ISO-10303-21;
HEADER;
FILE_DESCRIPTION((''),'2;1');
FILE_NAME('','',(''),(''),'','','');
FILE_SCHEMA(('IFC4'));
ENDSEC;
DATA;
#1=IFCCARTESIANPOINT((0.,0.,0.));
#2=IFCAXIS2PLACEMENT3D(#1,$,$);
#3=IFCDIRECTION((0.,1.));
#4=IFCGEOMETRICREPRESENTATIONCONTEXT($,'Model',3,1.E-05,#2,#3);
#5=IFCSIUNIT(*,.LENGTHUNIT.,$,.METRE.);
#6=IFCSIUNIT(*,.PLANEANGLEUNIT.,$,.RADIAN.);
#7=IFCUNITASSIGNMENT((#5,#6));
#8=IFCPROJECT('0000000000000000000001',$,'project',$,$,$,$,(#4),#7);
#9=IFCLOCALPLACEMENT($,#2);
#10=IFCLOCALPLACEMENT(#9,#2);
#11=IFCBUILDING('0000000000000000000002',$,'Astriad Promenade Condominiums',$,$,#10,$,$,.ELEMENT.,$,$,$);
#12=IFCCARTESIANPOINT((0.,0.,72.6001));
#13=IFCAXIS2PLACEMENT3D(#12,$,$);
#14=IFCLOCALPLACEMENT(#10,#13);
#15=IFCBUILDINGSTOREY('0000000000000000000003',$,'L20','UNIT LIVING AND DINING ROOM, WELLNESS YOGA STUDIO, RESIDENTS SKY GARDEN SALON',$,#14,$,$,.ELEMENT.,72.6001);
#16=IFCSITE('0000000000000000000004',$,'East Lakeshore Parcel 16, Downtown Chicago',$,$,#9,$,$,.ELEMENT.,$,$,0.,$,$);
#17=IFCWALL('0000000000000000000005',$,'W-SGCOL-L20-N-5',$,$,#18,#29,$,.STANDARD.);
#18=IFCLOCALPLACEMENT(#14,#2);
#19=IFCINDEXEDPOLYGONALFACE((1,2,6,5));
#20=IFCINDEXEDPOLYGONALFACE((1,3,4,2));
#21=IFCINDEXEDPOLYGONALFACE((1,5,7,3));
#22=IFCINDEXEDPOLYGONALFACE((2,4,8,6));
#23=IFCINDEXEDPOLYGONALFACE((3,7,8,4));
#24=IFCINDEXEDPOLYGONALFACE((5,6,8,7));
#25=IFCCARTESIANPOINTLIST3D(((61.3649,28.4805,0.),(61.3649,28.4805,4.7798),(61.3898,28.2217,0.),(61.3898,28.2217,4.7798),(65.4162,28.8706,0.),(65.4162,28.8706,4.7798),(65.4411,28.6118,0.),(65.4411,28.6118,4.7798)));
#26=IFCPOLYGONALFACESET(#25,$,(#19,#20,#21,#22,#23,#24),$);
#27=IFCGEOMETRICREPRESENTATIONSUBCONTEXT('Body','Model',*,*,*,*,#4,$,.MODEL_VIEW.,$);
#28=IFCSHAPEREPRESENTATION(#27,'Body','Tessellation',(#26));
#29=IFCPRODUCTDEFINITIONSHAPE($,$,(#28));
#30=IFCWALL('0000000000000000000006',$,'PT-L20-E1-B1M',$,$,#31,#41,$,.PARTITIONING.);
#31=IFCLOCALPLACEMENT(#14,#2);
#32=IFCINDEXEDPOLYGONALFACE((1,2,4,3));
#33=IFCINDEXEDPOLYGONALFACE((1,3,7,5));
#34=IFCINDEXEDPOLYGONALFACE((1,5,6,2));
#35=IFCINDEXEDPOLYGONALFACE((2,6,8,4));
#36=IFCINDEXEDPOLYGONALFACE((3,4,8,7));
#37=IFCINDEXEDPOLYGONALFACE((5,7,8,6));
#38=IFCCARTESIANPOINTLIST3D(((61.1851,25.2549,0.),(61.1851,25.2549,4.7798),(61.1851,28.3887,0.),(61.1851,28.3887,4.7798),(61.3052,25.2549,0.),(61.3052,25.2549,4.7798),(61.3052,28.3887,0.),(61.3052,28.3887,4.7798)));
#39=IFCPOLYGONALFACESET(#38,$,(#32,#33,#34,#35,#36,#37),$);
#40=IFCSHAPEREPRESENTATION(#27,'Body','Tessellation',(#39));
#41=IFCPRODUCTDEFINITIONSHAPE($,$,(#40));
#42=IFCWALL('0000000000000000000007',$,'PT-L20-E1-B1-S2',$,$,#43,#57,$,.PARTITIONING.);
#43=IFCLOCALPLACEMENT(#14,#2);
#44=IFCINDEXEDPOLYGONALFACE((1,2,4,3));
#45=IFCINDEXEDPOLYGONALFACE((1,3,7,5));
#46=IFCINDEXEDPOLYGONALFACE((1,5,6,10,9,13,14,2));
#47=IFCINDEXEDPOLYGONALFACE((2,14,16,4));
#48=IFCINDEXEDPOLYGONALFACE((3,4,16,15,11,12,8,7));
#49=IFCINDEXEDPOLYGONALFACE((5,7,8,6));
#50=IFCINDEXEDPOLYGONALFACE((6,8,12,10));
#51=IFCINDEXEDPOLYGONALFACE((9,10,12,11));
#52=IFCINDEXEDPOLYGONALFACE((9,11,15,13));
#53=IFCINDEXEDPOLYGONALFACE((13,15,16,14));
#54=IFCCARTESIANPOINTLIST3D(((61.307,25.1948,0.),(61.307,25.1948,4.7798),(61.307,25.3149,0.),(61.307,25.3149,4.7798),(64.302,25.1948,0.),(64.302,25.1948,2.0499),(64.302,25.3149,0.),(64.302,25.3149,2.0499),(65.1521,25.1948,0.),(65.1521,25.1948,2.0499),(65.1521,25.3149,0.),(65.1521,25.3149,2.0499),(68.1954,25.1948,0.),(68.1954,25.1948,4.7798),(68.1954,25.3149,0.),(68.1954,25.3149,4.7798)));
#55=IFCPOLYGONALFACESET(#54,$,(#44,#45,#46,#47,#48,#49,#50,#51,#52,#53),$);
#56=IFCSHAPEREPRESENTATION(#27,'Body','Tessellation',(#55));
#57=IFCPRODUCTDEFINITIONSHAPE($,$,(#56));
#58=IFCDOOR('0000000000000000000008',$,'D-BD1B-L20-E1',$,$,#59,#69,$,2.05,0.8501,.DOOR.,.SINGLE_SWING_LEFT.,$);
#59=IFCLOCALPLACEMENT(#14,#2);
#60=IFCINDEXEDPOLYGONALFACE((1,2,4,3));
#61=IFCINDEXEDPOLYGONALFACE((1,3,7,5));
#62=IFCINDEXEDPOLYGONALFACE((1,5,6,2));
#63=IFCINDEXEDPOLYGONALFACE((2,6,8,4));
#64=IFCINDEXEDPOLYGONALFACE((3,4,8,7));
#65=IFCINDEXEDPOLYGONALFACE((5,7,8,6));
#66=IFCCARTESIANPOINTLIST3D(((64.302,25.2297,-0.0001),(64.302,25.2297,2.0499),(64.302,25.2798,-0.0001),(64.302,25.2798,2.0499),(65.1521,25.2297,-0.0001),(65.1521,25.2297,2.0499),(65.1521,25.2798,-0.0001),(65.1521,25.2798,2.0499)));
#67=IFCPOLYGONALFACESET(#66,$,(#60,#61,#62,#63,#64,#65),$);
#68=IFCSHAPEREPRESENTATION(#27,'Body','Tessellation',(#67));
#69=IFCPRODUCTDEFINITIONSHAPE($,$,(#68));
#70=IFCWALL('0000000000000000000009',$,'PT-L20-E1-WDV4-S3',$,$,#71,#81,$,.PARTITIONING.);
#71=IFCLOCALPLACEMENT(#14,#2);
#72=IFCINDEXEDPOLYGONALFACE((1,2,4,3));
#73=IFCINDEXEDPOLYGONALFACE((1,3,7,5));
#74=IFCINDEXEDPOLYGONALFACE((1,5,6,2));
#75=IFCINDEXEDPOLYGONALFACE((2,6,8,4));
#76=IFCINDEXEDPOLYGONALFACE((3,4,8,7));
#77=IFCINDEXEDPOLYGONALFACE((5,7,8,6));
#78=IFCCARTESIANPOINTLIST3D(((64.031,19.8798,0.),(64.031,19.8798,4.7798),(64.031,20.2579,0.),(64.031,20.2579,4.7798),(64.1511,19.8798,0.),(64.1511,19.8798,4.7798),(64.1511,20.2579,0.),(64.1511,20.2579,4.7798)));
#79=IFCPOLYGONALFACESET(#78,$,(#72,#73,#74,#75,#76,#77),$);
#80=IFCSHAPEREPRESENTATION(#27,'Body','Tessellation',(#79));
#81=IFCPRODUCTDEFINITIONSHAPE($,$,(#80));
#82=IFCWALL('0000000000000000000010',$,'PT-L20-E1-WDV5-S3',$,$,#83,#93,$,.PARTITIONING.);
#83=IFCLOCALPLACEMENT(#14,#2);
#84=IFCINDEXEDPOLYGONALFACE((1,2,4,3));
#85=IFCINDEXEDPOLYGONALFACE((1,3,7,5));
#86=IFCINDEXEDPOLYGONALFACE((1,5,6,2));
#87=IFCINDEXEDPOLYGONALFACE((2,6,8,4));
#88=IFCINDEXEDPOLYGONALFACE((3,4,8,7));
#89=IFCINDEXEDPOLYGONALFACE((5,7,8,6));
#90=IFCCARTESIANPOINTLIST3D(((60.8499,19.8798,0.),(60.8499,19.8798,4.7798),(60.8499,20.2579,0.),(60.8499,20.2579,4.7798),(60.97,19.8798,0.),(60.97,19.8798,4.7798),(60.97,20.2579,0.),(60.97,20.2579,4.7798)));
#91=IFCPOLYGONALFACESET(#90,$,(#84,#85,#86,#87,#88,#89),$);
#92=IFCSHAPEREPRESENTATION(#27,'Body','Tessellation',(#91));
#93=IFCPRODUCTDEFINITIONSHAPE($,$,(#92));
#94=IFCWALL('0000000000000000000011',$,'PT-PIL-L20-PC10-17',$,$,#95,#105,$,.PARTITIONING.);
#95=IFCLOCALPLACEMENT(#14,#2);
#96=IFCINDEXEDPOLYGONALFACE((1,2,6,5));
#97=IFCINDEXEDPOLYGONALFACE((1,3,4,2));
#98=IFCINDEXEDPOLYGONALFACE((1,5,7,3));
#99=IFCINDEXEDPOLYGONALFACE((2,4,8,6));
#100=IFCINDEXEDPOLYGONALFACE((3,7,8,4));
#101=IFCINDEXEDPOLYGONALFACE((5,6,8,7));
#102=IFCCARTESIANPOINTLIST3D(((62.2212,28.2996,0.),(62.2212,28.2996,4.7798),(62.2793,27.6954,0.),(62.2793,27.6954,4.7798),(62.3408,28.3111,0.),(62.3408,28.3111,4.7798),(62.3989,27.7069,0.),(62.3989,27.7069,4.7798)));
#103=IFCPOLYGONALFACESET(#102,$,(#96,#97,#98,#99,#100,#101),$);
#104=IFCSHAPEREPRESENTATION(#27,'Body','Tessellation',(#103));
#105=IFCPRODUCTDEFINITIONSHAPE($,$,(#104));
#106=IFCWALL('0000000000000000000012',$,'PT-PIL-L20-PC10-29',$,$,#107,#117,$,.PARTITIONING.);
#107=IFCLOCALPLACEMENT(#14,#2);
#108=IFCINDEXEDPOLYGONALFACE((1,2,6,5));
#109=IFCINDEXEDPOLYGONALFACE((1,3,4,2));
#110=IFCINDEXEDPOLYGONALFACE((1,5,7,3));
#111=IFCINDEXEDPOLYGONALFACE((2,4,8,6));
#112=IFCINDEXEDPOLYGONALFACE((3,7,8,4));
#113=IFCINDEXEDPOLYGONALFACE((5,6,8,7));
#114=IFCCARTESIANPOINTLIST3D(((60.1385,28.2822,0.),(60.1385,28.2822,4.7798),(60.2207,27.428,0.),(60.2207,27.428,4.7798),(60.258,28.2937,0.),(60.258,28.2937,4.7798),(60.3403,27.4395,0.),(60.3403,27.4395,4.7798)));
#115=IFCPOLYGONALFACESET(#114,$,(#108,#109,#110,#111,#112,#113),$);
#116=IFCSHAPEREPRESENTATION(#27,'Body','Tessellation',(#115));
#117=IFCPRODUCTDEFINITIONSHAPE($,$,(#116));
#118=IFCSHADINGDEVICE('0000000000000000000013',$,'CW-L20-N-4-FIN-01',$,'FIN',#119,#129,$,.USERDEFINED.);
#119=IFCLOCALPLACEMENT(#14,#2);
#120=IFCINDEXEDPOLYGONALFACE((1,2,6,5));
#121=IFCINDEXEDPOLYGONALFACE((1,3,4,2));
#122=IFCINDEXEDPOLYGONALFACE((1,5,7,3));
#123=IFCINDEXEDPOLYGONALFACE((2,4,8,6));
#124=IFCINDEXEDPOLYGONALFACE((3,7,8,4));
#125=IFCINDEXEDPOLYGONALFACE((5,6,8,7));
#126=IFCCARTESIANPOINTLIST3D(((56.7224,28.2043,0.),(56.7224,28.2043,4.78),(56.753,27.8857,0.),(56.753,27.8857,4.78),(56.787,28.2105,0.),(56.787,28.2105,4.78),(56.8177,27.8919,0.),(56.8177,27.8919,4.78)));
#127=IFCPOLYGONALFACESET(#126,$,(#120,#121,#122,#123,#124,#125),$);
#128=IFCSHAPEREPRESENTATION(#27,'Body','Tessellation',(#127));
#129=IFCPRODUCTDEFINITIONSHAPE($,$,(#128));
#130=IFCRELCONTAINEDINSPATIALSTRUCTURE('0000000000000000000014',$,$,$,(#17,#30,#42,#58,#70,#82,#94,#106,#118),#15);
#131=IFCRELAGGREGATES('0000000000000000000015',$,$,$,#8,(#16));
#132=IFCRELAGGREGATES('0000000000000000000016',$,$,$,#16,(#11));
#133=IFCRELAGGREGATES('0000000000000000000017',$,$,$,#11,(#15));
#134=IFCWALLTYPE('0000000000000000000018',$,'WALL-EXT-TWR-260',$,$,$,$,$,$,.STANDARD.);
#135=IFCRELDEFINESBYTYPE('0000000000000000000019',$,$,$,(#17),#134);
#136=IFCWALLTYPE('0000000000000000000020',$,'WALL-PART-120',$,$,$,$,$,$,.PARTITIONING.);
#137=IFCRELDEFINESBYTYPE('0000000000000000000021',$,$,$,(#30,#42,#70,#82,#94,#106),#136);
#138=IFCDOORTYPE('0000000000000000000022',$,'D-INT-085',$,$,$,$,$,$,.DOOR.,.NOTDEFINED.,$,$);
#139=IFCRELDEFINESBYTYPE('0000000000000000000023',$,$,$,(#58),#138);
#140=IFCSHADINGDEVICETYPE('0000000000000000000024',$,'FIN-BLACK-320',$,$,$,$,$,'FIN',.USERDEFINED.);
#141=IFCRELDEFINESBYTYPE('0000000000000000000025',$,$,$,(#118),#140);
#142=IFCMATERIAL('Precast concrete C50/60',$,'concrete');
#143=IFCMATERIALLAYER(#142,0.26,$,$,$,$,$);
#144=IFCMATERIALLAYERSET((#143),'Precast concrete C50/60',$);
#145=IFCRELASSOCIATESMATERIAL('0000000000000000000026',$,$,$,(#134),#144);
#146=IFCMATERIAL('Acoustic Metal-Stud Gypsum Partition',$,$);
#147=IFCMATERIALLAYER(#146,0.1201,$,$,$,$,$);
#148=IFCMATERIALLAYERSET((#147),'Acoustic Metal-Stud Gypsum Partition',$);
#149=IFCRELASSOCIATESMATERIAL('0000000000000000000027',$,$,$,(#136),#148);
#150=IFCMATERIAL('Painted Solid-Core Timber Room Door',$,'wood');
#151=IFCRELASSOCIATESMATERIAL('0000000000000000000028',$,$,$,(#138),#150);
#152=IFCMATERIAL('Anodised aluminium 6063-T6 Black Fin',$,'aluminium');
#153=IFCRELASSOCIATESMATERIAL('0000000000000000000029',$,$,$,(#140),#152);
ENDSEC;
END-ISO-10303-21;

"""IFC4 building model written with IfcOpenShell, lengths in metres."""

from ifc_helpers import new_model, si_unit, direction, frame, frame_2d, origin, origin_2d, place, context, subcontext, project, spatial, rectangle, extrude, source, transform, mapped, material, layer, layer_set, type_object, type_shapes, element, fill, save


model = new_model("IFC4")

# Units and contexts
model_context = context("Model", 3, precision=1e-05, world=origin(), true_north=direction((0.0, 1.0)))
body_context = subcontext(model_context, "Body", "Model", "MODEL_VIEW")
ifc_project = project(units=[si_unit("LENGTHUNIT", "METRE"), si_unit("PLANEANGLEUNIT", "RADIAN")], contexts=[model_context])

# Site, building, storey
site_placement = place(None, origin())
site = spatial("IfcSite", under=ifc_project, at=site_placement, Name="East Lakeshore Parcel 16, Downtown Chicago", CompositionType="ELEMENT", RefElevation=0.0)
building_placement = place(site_placement, origin())
building = spatial("IfcBuilding", under=site, at=building_placement, Name="Astriad Promenade Condominiums", CompositionType="ELEMENT")
storey_placement = place(building_placement, frame((0.0, 0.0, 72.6001)))
storey = spatial("IfcBuildingStorey", under=building, at=storey_placement, Name="L20", Description="UNIT LIVING AND DINING ROOM, WELLNESS YOGA STUDIO, RESIDENTS SKY GARDEN SALON", CompositionType="ELEMENT", Elevation=72.6001)

# Walls
ifc_material_1 = material(Name="Precast concrete C50/60", Category="concrete")
ifc_layer_1 = layer(ifc_material_1, 0.26)
ifc_layer_set_1 = layer_set([ifc_layer_1], Name="Precast concrete C50/60")
wall_type_1 = type_object("IfcWallType", Name="WALL-EXT-TWR-260", PredefinedType="STANDARD", material=ifc_layer_set_1)
wall_1_placement = place(storey_placement, frame((61.3772, 28.3511, 0.0), z_axis=(0.0, 0.0, 1.0), x_axis=(0.995395, 0.095856, 0.0)))
element("IfcWall", 1, at=wall_1_placement, inside=storey, type_object=wall_type_1, Name="W-SGCOL-L20-N-5", PredefinedType="STANDARD", context=body_context, shape_type="SweptSolid", body=[
    extrude(rectangle(XDim=4.0701, YDim=0.26, at=frame_2d((2.0352, 0.0))), origin(), (0.0, 0.0, 1.0), 4.7798),
])
ifc_material_2 = material(Name="Acoustic Metal-Stud Gypsum Partition")
ifc_layer_2 = layer(ifc_material_2, 0.1201)
ifc_layer_set_2 = layer_set([ifc_layer_2], Name="Acoustic Metal-Stud Gypsum Partition")
wall_type_2 = type_object("IfcWallType", Name="WALL-PART-120", PredefinedType="PARTITIONING", material=ifc_layer_set_2)
wall_2_placement = place(storey_placement, frame((61.2451, 25.2549, 0.0), z_axis=(0.0, 0.0, 1.0), x_axis=(0.0, 1.0, 0.0)))
element("IfcWall", 2, at=wall_2_placement, inside=storey, type_object=wall_type_2, Name="PT-L20-E1-B1M", PredefinedType="PARTITIONING", context=body_context, shape_type="SweptSolid", body=[
    extrude(rectangle(XDim=3.1338, YDim=0.1201, at=frame_2d((1.5669, 0.0))), origin(), (0.0, 0.0, 1.0), 4.7798),
])

# Wall, opening, door
wall_3_placement = place(storey_placement, frame((61.3069, 25.2549, 0.0), z_axis=(0.0, 0.0, 1.0), x_axis=(1.0, 0.0, 0.0)))
wall_3 = element("IfcWall", 3, at=wall_3_placement, inside=storey, type_object=wall_type_2, Name="PT-L20-E1-B1-S2", PredefinedType="PARTITIONING", context=body_context, shape_type="SweptSolid", body=[
    extrude(rectangle(XDim=6.8884, YDim=0.1201, at=frame_2d((3.4443, 0.0))), origin(), (0.0, 0.0, 1.0), 4.7798),
])
opening_placement = place(wall_3_placement, frame((2.9951, 0.0, 0.0)))
opening = element("IfcOpeningElement", 4, at=opening_placement, cuts=wall_3, PredefinedType="OPENING", context=body_context, shape_type="SweptSolid", body=[
    extrude(rectangle(XDim=0.8501, YDim=2.05, at=frame_2d((0.425, 1.0249))), frame((0.0, 0.0701, 0.0), z_axis=(0.0, -1.0, 0.0), x_axis=(1.0, 0.0, 0.0)), (0.0, 0.0, 1.0), 0.1401),
])
ifc_material_3 = material(Name="Painted Solid-Core Timber Room Door", Category="wood")
door_type = type_object("IfcDoorType", Name="D-INT-085", OperationType="NOTDEFINED", PredefinedType="DOOR", material=ifc_material_3)
shared_shape_1 = source(origin(), body_context, "Body", "SweptSolid", [
    extrude(rectangle(XDim=0.8501, YDim=2.05, at=frame_2d((0.425, 1.0249))), frame((0.0, 0.0249, 0.0), z_axis=(0.0, -1.0, 0.0), x_axis=(1.0, 0.0, 0.0)), (0.0, 0.0, 1.0), 0.05),
])
type_shapes(door_type, [shared_shape_1])
door_placement = place(opening_placement, origin())
door = element("IfcDoor", 5, at=door_placement, inside=storey, type_object=door_type, Name="D-BD1B-L20-E1", OperationType="SINGLE_SWING_LEFT", OverallHeight=2.05, OverallWidth=0.8501, PredefinedType="DOOR", context=body_context, shape_type="MappedRepresentation", body=[
    mapped(shared_shape_1, transform((0.0, 0.0, 0.0), scale=1.0)),
])
fill(opening, door)

# Walls
for number, where, z_axis, x_axis, name in (
    (6, (64.0911, 19.8799, 0.0), (0.0, 0.0, 1.0), (0.0, 1.0, 0.0), "PT-L20-E1-WDV4-S3"),
    (7, (60.9099, 19.8799, 0.0), (0.0, 0.0, 1.0), (0.0, 1.0, 0.0), "PT-L20-E1-WDV5-S3"),
):
    element("IfcWall", number, at=place(storey_placement, frame(where, z_axis=z_axis, x_axis=x_axis)), inside=storey, type_object=wall_type_2, Name=name, PredefinedType="PARTITIONING", context=body_context, shape_type="SweptSolid", body=[
        extrude(rectangle(XDim=0.3782, YDim=0.1201, at=frame_2d((0.189, 0.0))), origin(), (0.0, 0.0, 1.0), 4.7798),
    ])
wall_4_placement = place(storey_placement, frame((62.3391, 27.7012, 0.0), z_axis=(0.0, 0.0, 1.0), x_axis=(-0.09572, 0.995408, 0.0)))
element("IfcWall", 8, at=wall_4_placement, inside=storey, type_object=wall_type_2, Name="PT-PIL-L20-PC10-17", PredefinedType="PARTITIONING", context=body_context, shape_type="SweptSolid", body=[
    extrude(rectangle(XDim=0.6069, YDim=0.1201, at=frame_2d((0.3035, 0.0))), origin(), (0.0, 0.0, 1.0), 4.7798),
])
wall_5_placement = place(storey_placement, frame((60.2805, 27.4336, 0.0), z_axis=(0.0, 0.0, 1.0), x_axis=(-0.09587, 0.995394, 0.0)))
element("IfcWall", 9, at=wall_5_placement, inside=storey, type_object=wall_type_2, Name="PT-PIL-L20-PC10-29", PredefinedType="PARTITIONING", context=body_context, shape_type="SweptSolid", body=[
    extrude(rectangle(XDim=0.8582, YDim=0.1201, at=frame_2d((0.4292, 0.0))), origin(), (0.0, 0.0, 1.0), 4.7798),
])

# Shading device
ifc_material_4 = material(Name="Anodised aluminium 6063-T6 Black Fin", Category="aluminium")
shading_device_type = type_object("IfcShadingDeviceType", Name="FIN-BLACK-320", ElementType="FIN", PredefinedType="USERDEFINED", material=ifc_material_4)
shared_shape_2 = source(origin(), body_context, "Body", "SweptSolid", [
    extrude(rectangle(XDim=0.0649, YDim=0.3201, at=origin_2d()), origin(), (0.0, 0.0, 1.0), 4.78),
])
type_shapes(shading_device_type, [shared_shape_2])
shading_device_placement = place(storey_placement, frame((56.77, 28.0481, 0.0), z_axis=(0.0, 0.0, 1.0), x_axis=(0.995396, 0.095846, 0.0)))
element("IfcShadingDevice", 10, at=shading_device_placement, inside=storey, type_object=shading_device_type, Name="CW-L20-N-4-FIN-01", ObjectType="FIN", PredefinedType="USERDEFINED", context=body_context, shape_type="MappedRepresentation", body=[
    mapped(shared_shape_2, transform((0.0, 0.0, 0.0), scale=1.0)),
])

save(model, "model.ifc")
